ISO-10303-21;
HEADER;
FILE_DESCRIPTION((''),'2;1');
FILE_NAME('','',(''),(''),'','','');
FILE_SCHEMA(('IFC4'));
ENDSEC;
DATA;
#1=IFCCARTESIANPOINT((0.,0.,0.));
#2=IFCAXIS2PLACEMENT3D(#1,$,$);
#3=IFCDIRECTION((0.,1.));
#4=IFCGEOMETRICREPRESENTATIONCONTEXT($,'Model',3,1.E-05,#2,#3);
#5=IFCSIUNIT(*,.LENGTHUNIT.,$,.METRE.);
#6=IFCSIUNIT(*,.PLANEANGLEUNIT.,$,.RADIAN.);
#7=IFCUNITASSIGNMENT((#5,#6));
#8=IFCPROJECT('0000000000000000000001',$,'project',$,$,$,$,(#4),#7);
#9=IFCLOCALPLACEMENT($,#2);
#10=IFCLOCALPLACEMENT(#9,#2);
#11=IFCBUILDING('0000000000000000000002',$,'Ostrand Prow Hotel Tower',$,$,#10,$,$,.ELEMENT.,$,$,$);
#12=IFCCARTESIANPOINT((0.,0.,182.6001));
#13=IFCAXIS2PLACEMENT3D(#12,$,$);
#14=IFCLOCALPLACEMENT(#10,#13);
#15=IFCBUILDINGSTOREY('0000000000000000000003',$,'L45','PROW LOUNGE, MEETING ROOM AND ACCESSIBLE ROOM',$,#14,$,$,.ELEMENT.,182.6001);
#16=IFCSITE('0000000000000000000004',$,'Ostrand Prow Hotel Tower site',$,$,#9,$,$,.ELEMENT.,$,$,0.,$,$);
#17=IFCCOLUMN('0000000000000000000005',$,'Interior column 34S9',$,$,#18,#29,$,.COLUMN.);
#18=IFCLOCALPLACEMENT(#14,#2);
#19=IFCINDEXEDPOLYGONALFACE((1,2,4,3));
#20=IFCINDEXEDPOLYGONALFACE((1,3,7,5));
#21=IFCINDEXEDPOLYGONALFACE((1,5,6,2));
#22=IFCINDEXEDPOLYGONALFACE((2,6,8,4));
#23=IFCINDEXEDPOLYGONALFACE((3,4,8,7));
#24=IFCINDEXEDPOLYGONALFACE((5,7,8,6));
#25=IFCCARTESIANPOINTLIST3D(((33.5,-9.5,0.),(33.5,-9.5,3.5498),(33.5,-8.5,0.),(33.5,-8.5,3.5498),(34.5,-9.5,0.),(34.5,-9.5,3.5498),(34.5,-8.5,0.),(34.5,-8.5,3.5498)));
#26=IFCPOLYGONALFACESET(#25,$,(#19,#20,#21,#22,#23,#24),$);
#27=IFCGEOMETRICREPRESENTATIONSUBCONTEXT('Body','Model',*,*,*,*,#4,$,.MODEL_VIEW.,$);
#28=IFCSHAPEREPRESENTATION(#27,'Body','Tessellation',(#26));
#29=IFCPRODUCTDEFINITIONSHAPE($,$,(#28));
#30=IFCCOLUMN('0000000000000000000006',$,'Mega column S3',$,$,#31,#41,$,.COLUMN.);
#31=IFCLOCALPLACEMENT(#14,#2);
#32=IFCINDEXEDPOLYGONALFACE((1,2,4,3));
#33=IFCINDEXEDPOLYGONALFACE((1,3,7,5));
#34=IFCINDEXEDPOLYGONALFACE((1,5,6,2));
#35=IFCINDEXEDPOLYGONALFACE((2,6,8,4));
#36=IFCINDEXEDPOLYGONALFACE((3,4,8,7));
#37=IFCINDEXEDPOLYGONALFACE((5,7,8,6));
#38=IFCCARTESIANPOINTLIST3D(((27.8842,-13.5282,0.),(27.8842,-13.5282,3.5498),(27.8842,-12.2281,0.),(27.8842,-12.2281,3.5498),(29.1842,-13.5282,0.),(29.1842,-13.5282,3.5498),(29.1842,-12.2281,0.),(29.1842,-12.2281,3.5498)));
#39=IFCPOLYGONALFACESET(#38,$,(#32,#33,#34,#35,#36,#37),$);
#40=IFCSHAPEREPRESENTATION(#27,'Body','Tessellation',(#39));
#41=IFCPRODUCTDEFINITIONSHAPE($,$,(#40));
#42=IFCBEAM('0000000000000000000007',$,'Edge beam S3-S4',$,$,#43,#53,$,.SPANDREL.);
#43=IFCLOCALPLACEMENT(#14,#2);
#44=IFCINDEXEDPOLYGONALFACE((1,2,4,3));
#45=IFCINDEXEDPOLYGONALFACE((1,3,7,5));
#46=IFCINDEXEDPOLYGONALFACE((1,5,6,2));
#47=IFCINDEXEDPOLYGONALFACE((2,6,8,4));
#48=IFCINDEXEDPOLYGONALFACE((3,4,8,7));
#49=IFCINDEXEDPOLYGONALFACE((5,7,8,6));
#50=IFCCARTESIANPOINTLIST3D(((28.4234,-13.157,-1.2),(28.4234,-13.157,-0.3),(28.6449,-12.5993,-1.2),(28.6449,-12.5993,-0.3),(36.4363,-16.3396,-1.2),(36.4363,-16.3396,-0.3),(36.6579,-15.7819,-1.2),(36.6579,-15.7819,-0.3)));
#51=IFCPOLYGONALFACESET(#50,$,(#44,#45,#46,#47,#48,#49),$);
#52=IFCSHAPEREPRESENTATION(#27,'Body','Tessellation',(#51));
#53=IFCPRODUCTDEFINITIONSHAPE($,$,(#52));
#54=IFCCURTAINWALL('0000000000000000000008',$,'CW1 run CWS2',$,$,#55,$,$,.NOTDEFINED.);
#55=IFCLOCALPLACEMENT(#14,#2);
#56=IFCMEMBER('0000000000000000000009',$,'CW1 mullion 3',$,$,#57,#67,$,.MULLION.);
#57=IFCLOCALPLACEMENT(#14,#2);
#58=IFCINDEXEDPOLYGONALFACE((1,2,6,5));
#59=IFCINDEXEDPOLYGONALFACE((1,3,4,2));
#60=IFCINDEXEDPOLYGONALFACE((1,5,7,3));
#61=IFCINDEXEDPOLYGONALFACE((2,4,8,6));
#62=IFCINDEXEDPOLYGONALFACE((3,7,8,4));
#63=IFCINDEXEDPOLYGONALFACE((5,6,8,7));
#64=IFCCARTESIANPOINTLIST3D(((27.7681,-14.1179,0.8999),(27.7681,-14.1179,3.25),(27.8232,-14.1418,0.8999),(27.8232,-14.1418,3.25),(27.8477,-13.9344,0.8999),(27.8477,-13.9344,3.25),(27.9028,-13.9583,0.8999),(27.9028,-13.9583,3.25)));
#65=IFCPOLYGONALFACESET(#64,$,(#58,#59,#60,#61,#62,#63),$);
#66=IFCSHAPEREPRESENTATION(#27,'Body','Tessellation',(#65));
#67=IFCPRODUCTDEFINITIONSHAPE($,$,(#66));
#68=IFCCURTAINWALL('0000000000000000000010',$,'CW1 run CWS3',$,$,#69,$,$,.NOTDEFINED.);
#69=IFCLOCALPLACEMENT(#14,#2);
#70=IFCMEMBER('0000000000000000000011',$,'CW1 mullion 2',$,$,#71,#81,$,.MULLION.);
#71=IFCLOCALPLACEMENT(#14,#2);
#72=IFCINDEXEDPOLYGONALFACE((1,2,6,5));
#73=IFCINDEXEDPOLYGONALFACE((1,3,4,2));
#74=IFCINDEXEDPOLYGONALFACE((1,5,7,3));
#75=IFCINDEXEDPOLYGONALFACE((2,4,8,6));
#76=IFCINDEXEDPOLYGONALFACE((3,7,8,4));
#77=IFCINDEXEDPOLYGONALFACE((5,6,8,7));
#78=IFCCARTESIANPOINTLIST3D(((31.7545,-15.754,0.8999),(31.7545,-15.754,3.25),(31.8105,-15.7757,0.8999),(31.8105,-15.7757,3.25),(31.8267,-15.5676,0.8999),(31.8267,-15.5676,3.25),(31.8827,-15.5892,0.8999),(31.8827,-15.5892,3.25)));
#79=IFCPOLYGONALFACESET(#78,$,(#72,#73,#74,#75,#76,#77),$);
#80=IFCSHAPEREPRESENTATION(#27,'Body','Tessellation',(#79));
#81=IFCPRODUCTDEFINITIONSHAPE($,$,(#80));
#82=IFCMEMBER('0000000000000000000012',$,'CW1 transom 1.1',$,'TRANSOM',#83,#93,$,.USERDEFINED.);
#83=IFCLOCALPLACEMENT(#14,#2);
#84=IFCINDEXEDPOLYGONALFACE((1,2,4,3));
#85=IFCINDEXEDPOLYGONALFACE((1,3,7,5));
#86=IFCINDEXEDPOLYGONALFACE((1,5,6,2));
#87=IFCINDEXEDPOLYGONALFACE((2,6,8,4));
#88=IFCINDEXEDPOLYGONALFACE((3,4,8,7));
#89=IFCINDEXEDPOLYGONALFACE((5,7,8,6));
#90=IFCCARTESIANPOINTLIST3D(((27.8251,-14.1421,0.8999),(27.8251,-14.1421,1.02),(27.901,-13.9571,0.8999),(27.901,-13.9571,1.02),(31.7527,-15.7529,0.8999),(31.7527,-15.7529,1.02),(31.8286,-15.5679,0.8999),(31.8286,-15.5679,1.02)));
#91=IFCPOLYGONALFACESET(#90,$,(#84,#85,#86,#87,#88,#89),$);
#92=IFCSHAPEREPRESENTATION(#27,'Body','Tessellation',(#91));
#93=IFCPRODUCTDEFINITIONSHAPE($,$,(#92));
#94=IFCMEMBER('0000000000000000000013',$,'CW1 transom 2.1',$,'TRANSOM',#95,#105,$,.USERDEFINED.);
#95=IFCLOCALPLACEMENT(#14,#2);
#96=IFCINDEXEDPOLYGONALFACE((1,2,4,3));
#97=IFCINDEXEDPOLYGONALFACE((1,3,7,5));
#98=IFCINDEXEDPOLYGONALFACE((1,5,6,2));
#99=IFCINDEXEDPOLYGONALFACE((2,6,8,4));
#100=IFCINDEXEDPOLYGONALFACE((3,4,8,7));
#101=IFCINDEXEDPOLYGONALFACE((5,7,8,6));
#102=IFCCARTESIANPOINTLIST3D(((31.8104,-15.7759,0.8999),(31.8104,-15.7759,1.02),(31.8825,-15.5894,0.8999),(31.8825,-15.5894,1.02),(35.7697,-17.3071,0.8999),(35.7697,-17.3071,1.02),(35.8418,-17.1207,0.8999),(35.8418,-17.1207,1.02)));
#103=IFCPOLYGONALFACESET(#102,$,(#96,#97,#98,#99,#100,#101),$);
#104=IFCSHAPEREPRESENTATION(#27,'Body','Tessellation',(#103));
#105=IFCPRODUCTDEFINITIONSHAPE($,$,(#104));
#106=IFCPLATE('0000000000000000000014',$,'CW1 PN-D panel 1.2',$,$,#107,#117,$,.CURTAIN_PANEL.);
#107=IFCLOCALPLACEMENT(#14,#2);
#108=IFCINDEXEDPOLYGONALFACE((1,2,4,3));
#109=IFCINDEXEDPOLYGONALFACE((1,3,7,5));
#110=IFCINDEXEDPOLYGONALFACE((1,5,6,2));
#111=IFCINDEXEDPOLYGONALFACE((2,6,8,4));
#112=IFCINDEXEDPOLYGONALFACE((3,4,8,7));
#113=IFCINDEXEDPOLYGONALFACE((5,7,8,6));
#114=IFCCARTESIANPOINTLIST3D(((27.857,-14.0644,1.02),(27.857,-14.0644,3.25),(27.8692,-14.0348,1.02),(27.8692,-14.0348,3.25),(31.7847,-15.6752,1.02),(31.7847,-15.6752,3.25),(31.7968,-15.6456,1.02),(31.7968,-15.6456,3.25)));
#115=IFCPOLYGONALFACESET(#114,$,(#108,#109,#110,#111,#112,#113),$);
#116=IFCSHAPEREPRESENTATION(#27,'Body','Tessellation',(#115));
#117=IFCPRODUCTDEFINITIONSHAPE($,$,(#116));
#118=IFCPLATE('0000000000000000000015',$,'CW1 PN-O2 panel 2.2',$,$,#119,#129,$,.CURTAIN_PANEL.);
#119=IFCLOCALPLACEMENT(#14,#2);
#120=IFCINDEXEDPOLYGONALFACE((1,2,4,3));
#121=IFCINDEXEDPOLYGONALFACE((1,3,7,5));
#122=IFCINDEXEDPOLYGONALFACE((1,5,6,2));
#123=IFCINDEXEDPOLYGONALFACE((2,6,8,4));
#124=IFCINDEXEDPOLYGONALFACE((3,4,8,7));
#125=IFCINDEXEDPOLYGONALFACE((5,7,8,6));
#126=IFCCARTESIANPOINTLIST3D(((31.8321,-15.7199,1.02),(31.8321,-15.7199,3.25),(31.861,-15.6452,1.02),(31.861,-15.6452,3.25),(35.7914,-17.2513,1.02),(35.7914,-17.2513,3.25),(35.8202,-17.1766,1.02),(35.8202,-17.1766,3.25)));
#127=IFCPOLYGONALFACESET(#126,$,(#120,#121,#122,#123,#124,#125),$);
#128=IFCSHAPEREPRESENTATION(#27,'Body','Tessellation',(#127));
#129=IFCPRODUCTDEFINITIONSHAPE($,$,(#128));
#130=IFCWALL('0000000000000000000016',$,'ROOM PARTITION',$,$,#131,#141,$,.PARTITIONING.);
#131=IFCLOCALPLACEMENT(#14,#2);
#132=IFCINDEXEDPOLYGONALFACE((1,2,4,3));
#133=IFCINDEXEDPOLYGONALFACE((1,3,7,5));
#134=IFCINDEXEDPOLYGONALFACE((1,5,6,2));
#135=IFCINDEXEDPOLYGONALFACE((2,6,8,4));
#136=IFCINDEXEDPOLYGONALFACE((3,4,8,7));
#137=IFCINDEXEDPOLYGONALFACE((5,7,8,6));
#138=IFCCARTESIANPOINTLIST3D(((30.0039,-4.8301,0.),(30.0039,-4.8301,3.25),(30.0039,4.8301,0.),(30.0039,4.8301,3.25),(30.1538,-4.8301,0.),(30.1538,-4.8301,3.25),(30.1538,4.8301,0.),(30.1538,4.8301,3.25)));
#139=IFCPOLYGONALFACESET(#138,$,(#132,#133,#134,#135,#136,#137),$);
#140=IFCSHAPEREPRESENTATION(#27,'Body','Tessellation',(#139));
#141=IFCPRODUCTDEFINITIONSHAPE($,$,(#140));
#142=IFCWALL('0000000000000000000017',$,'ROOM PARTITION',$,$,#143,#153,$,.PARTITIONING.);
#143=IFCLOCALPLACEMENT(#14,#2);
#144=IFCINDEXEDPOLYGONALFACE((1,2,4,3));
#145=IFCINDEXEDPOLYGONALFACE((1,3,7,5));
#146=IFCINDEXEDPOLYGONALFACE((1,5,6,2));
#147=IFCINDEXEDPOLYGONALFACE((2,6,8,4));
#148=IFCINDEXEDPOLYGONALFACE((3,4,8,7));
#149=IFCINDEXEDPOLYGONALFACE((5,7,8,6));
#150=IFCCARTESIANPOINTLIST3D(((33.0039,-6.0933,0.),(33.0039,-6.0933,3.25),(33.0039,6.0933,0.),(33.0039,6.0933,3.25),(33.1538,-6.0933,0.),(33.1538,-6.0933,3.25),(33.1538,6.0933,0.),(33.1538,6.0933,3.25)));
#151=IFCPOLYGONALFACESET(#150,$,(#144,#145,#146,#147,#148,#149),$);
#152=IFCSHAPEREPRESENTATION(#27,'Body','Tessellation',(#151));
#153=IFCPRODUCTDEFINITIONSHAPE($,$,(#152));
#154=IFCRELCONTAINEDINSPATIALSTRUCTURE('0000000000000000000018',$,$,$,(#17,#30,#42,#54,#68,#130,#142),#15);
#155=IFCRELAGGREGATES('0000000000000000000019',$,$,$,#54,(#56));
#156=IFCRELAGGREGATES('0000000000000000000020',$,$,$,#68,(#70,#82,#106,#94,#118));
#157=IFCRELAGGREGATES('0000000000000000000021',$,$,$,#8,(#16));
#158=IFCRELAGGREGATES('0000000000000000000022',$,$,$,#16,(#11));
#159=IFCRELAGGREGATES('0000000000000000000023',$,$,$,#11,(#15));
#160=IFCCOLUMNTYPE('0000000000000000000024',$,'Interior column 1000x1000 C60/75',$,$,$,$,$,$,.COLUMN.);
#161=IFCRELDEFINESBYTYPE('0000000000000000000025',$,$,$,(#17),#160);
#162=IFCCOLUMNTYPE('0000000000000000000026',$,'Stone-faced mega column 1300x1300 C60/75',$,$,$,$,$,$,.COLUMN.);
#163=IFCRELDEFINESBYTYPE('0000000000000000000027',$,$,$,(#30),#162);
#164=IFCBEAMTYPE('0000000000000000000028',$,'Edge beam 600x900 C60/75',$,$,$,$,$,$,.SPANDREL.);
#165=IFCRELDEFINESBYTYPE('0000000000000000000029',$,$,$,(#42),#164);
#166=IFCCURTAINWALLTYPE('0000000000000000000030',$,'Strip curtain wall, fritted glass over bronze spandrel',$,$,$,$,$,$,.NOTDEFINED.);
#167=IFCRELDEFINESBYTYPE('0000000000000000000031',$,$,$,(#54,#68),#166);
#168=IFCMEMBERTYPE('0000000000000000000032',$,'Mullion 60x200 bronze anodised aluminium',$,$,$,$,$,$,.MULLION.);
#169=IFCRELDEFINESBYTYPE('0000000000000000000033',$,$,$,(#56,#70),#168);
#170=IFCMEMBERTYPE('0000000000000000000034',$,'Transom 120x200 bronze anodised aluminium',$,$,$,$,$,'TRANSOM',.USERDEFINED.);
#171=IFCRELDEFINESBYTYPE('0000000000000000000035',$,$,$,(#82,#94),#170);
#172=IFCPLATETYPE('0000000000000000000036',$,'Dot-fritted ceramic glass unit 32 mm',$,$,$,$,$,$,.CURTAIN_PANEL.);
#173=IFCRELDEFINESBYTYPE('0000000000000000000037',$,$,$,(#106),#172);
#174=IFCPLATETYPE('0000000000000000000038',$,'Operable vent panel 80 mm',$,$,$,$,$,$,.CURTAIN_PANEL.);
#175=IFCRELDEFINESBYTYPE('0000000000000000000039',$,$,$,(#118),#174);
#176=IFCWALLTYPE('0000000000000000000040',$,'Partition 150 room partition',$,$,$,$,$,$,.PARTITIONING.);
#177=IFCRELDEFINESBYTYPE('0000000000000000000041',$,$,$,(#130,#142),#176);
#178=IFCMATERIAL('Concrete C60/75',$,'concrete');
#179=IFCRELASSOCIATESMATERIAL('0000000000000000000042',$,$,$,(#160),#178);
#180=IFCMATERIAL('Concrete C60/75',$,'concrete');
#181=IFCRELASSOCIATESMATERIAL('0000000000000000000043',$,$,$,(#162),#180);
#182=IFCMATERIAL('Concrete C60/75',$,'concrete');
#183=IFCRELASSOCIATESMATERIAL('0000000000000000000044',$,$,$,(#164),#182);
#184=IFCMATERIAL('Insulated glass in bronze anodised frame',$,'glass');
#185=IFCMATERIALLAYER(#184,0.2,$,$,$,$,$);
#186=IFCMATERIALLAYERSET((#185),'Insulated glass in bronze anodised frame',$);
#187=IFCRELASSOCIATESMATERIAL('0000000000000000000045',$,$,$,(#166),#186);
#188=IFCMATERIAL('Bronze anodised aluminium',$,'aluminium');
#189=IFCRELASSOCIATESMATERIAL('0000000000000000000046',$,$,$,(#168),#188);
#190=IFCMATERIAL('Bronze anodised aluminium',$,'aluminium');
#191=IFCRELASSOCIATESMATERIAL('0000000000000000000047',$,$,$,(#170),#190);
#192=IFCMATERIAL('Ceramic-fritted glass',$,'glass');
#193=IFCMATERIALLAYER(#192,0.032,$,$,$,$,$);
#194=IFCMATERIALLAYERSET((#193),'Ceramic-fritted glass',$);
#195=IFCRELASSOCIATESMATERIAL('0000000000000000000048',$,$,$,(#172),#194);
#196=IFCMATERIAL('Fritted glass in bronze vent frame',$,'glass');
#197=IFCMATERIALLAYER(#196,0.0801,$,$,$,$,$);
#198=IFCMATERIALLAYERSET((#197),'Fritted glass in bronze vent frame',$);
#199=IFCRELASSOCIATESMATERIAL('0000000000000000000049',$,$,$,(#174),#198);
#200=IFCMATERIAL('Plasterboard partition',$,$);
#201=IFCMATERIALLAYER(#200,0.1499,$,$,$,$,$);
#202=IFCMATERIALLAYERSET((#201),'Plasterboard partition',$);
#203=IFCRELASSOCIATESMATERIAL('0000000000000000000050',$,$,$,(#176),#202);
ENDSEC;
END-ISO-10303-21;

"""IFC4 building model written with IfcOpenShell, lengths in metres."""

from ifc_helpers import new_model, si_unit, direction, frame, frame_2d, origin, origin_2d, place, context, subcontext, project, spatial, rectangle, extrude, material, layer, layer_set, material_profile, profile_set, type_object, element, aggregate, save


model = new_model("IFC4")

# Units and contexts
model_context = context("Model", 3, precision=1e-05, world=origin(), true_north=direction((0.0, 1.0)))
body_context = subcontext(model_context, "Body", "Model", "MODEL_VIEW")
ifc_project = project(units=[si_unit("LENGTHUNIT", "METRE"), si_unit("PLANEANGLEUNIT", "RADIAN")], contexts=[model_context])

# Site, building, storey
site_placement = place(None, origin())
site = spatial("IfcSite", under=ifc_project, at=site_placement, Name="Ostrand Prow Hotel Tower site", CompositionType="ELEMENT", RefElevation=0.0)
building_placement = place(site_placement, origin())
building = spatial("IfcBuilding", under=site, at=building_placement, Name="Ostrand Prow Hotel Tower", CompositionType="ELEMENT")
storey_placement = place(building_placement, frame((0.0, 0.0, 182.6001)))
storey = spatial("IfcBuildingStorey", under=building, at=storey_placement, Name="L45", Description="PROW LOUNGE, MEETING ROOM AND ACCESSIBLE ROOM", CompositionType="ELEMENT", Elevation=182.6001)

# Columns
ifc_material_1 = material(Name="Concrete C60/75", Category="concrete")
ifc_material_profile_1 = material_profile(ifc_material_1, rectangle(XDim=1.0, YDim=1.0, at=origin_2d()), Name="RC 1000x1000")
ifc_profile_set_1 = profile_set([ifc_material_profile_1], Name="Concrete C60/75")
column_type_1 = type_object("IfcColumnType", Name="Interior column 1000x1000 C60/75", PredefinedType="COLUMN", material=ifc_profile_set_1)
column_1_placement = place(storey_placement, frame((34.0, -9.0, 0.0), z_axis=(0.0, 0.0, 1.0), x_axis=(1.0, 0.0, 0.0)))
element("IfcColumn", 1, at=column_1_placement, inside=storey, type_object=column_type_1, Name="Interior column 34S9", PredefinedType="COLUMN", context=body_context, shape_type="SweptSolid", body=[
    extrude(rectangle(XDim=1.0, YDim=1.0, at=origin_2d()), origin(), (0.0, 0.0, 1.0), 3.5498),
])
ifc_material_2 = material(Name="Concrete C60/75", Category="concrete")
ifc_material_profile_2 = material_profile(ifc_material_2, rectangle(XDim=1.3, YDim=1.3, at=origin_2d()), Name="RC 1300x1300")
ifc_profile_set_2 = profile_set([ifc_material_profile_2], Name="Concrete C60/75")
column_type_2 = type_object("IfcColumnType", Name="Stone-faced mega column 1300x1300 C60/75", PredefinedType="COLUMN", material=ifc_profile_set_2)
column_2_placement = place(storey_placement, frame((28.5342, -12.8782, 0.0), z_axis=(0.0, 0.0, 1.0), x_axis=(1.0, 0.0, 0.0)))
element("IfcColumn", 2, at=column_2_placement, inside=storey, type_object=column_type_2, Name="Mega column S3", PredefinedType="COLUMN", context=body_context, shape_type="SweptSolid", body=[
    extrude(rectangle(XDim=1.3, YDim=1.3, at=origin_2d()), origin(), (0.0, 0.0, 1.0), 3.5498),
])

# Beam
ifc_material_3 = material(Name="Concrete C60/75", Category="concrete")
ifc_material_profile_3 = material_profile(ifc_material_3, rectangle(XDim=0.6001, YDim=0.8999, at=origin_2d()), Name="RC 600x900")
ifc_profile_set_3 = profile_set([ifc_material_profile_3], Name="Concrete C60/75")
beam_type = type_object("IfcBeamType", Name="Edge beam 600x900 C60/75", PredefinedType="SPANDREL", material=ifc_profile_set_3)
beam_placement = place(storey_placement, frame((28.5342, -12.8782, -0.75), z_axis=(0.929376, -0.369134, 0.0), x_axis=(0.369134, 0.929376, 0.0)))
element("IfcBeam", 3, at=beam_placement, inside=storey, type_object=beam_type, Name="Edge beam S3-S4", PredefinedType="SPANDREL", context=body_context, shape_type="SweptSolid", body=[
    extrude(rectangle(XDim=0.6001, YDim=0.8999, at=origin_2d()), origin(), (0.0, 0.0, 1.0), 8.6218),
])

# Curtain wall, member
ifc_material_4 = material(Name="Insulated glass in bronze anodised frame", Category="glass")
ifc_layer_1 = layer(ifc_material_4, 0.2)
ifc_layer_set_1 = layer_set([ifc_layer_1], Name="Insulated glass in bronze anodised frame")
curtain_wall_type = type_object("IfcCurtainWallType", Name="Strip curtain wall, fritted glass over bronze spandrel", PredefinedType="NOTDEFINED", material=ifc_layer_set_1)
curtain_wall_1_placement = place(storey_placement, origin())
curtain_wall_1 = element("IfcCurtainWall", 4, at=curtain_wall_1_placement, inside=storey, type_object=curtain_wall_type, Name="CW1 run CWS2", PredefinedType="NOTDEFINED")
ifc_material_5 = material(Name="Bronze anodised aluminium", Category="aluminium")
ifc_material_profile_4 = material_profile(ifc_material_5, rectangle(XDim=0.2, YDim=0.0601, at=origin_2d()), Name="Mullion 60x200 bronze anodised aluminium")
ifc_profile_set_4 = profile_set([ifc_material_profile_4], Name="Bronze anodised aluminium")
member_type_1 = type_object("IfcMemberType", Name="Mullion 60x200 bronze anodised aluminium", PredefinedType="MULLION", material=ifc_profile_set_4)
member_1_placement = place(storey_placement, frame((27.8354, -14.0381, 0.8999), z_axis=(0.0, 0.0, 1.0), x_axis=(0.398005, 0.917383, 0.0)))
member_1 = element("IfcMember", 5, at=member_1_placement, type_object=member_type_1, Name="CW1 mullion 3", PredefinedType="MULLION", context=body_context, shape_type="SweptSolid", body=[
    extrude(rectangle(XDim=0.2, YDim=0.0601, at=origin_2d()), origin(), (0.0, 0.0, 1.0), 2.3501),
])
aggregate(curtain_wall_1, [member_1])

# Curtain wall, members, plates
curtain_wall_2_placement = place(storey_placement, origin())
curtain_wall_2 = element("IfcCurtainWall", 6, at=curtain_wall_2_placement, inside=storey, type_object=curtain_wall_type, Name="CW1 run CWS3", PredefinedType="NOTDEFINED")
member_2_placement = place(storey_placement, frame((31.8186, -15.6716, 0.8999), z_axis=(0.0, 0.0, 1.0), x_axis=(0.360749, 0.932663, 0.0)))
member_2 = element("IfcMember", 7, at=member_2_placement, type_object=member_type_1, Name="CW1 mullion 2", PredefinedType="MULLION", context=body_context, shape_type="SweptSolid", body=[
    extrude(rectangle(XDim=0.2, YDim=0.0601, at=origin_2d()), origin(), (0.0, 0.0, 1.0), 2.3501),
])
ifc_material_6 = material(Name="Bronze anodised aluminium", Category="aluminium")
ifc_material_profile_5 = material_profile(ifc_material_6, rectangle(XDim=0.2, YDim=0.1201, at=origin_2d()), Name="Transom 120x200 bronze anodised aluminium")
ifc_profile_set_5 = profile_set([ifc_material_profile_5], Name="Bronze anodised aluminium")
member_type_2 = type_object("IfcMemberType", Name="Transom 120x200 bronze anodised aluminium", ElementType="TRANSOM", PredefinedType="USERDEFINED", material=ifc_profile_set_5)
member_3_placement = place(storey_placement, frame((27.863, -14.0496, 0.96), z_axis=(0.925213, -0.379448, 0.0), x_axis=(0.379448, 0.925213, 0.0)))
member_3 = element("IfcMember", 8, at=member_3_placement, type_object=member_type_2, Name="CW1 transom 1.1", ObjectType="TRANSOM", PredefinedType="USERDEFINED", context=body_context, shape_type="SweptSolid", body=[
    extrude(rectangle(XDim=0.2, YDim=0.1201, at=origin_2d()), origin(), (0.0, 0.0, 1.0), 4.2451),
])
member_4_placement = place(storey_placement, frame((31.8464, -15.6826, 0.96), z_axis=(0.932675, -0.360717, 0.0), x_axis=(0.360717, 0.932675, 0.0)))
member_4 = element("IfcMember", 9, at=member_4_placement, type_object=member_type_2, Name="CW1 transom 2.1", ObjectType="TRANSOM", PredefinedType="USERDEFINED", context=body_context, shape_type="SweptSolid", body=[
    extrude(rectangle(XDim=0.2, YDim=0.1201, at=origin_2d()), origin(), (0.0, 0.0, 1.0), 4.2451),
])
ifc_material_7 = material(Name="Ceramic-fritted glass", Category="glass")
ifc_layer_2 = layer(ifc_material_7, 0.032)
ifc_layer_set_2 = layer_set([ifc_layer_2], Name="Ceramic-fritted glass")
plate_type_1 = type_object("IfcPlateType", Name="Dot-fritted ceramic glass unit 32 mm", PredefinedType="CURTAIN_PANEL", material=ifc_layer_set_2)
plate_1_placement = place(storey_placement, frame((29.8269, -14.855, 1.02), z_axis=(0.0, 0.0, 1.0), x_axis=(0.925211, -0.379453, 0.0)))
plate_1 = element("IfcPlate", 10, at=plate_1_placement, type_object=plate_type_1, Name="CW1 PN-D panel 1.2", PredefinedType="CURTAIN_PANEL", context=body_context, shape_type="SweptSolid", body=[
    extrude(rectangle(XDim=4.2451, YDim=0.032, at=origin_2d()), origin(), (0.0, 0.0, 1.0), 2.23),
])
ifc_material_8 = material(Name="Fritted glass in bronze vent frame", Category="glass")
ifc_layer_3 = layer(ifc_material_8, 0.0801)
ifc_layer_set_3 = layer_set([ifc_layer_3], Name="Fritted glass in bronze vent frame")
plate_type_2 = type_object("IfcPlateType", Name="Operable vent panel 80 mm", PredefinedType="CURTAIN_PANEL", material=ifc_layer_set_3)
plate_2_placement = place(storey_placement, frame((33.8262, -16.4482, 1.02), z_axis=(0.0, 0.0, 1.0), x_axis=(0.932663, -0.360749, 0.0)))
plate_2 = element("IfcPlate", 11, at=plate_2_placement, type_object=plate_type_2, Name="CW1 PN-O2 panel 2.2", PredefinedType="CURTAIN_PANEL", context=body_context, shape_type="SweptSolid", body=[
    extrude(rectangle(XDim=4.2451, YDim=0.0801, at=origin_2d()), origin(), (0.0, 0.0, 1.0), 2.23),
])
aggregate(curtain_wall_2, [member_2, member_3, plate_1, member_4, plate_2])

# Walls
ifc_material_9 = material(Name="Plasterboard partition")
ifc_layer_4 = layer(ifc_material_9, 0.1499)
ifc_layer_set_4 = layer_set([ifc_layer_4], Name="Plasterboard partition")
wall_type_1 = type_object("IfcWallType", Name="Partition 150 room partition", PredefinedType="PARTITIONING", material=ifc_layer_set_4)
wall_1_placement = place(storey_placement, frame((30.0789, -4.8301, 0.0), z_axis=(0.0, 0.0, 1.0), x_axis=(0.0, 1.0, 0.0)))
element("IfcWall", 12, at=wall_1_placement, inside=storey, type_object=wall_type_1, Name="ROOM PARTITION", PredefinedType="PARTITIONING", context=body_context, shape_type="SweptSolid", body=[
    extrude(rectangle(XDim=9.6602, YDim=0.1499, at=frame_2d((4.8301, 0.0))), origin(), (0.0, 0.0, 1.0), 3.25),
])
wall_2_placement = place(storey_placement, frame((33.0789, -6.0933, 0.0), z_axis=(0.0, 0.0, 1.0), x_axis=(0.0, 1.0, 0.0)))
element("IfcWall", 13, at=wall_2_placement, inside=storey, type_object=wall_type_1, Name="ROOM PARTITION", PredefinedType="PARTITIONING", context=body_context, shape_type="SweptSolid", body=[
    extrude(rectangle(XDim=12.1865, YDim=0.1499, at=frame_2d((6.0933, 0.0))), origin(), (0.0, 0.0, 1.0), 3.25),
])

save(model, "model.ifc")
